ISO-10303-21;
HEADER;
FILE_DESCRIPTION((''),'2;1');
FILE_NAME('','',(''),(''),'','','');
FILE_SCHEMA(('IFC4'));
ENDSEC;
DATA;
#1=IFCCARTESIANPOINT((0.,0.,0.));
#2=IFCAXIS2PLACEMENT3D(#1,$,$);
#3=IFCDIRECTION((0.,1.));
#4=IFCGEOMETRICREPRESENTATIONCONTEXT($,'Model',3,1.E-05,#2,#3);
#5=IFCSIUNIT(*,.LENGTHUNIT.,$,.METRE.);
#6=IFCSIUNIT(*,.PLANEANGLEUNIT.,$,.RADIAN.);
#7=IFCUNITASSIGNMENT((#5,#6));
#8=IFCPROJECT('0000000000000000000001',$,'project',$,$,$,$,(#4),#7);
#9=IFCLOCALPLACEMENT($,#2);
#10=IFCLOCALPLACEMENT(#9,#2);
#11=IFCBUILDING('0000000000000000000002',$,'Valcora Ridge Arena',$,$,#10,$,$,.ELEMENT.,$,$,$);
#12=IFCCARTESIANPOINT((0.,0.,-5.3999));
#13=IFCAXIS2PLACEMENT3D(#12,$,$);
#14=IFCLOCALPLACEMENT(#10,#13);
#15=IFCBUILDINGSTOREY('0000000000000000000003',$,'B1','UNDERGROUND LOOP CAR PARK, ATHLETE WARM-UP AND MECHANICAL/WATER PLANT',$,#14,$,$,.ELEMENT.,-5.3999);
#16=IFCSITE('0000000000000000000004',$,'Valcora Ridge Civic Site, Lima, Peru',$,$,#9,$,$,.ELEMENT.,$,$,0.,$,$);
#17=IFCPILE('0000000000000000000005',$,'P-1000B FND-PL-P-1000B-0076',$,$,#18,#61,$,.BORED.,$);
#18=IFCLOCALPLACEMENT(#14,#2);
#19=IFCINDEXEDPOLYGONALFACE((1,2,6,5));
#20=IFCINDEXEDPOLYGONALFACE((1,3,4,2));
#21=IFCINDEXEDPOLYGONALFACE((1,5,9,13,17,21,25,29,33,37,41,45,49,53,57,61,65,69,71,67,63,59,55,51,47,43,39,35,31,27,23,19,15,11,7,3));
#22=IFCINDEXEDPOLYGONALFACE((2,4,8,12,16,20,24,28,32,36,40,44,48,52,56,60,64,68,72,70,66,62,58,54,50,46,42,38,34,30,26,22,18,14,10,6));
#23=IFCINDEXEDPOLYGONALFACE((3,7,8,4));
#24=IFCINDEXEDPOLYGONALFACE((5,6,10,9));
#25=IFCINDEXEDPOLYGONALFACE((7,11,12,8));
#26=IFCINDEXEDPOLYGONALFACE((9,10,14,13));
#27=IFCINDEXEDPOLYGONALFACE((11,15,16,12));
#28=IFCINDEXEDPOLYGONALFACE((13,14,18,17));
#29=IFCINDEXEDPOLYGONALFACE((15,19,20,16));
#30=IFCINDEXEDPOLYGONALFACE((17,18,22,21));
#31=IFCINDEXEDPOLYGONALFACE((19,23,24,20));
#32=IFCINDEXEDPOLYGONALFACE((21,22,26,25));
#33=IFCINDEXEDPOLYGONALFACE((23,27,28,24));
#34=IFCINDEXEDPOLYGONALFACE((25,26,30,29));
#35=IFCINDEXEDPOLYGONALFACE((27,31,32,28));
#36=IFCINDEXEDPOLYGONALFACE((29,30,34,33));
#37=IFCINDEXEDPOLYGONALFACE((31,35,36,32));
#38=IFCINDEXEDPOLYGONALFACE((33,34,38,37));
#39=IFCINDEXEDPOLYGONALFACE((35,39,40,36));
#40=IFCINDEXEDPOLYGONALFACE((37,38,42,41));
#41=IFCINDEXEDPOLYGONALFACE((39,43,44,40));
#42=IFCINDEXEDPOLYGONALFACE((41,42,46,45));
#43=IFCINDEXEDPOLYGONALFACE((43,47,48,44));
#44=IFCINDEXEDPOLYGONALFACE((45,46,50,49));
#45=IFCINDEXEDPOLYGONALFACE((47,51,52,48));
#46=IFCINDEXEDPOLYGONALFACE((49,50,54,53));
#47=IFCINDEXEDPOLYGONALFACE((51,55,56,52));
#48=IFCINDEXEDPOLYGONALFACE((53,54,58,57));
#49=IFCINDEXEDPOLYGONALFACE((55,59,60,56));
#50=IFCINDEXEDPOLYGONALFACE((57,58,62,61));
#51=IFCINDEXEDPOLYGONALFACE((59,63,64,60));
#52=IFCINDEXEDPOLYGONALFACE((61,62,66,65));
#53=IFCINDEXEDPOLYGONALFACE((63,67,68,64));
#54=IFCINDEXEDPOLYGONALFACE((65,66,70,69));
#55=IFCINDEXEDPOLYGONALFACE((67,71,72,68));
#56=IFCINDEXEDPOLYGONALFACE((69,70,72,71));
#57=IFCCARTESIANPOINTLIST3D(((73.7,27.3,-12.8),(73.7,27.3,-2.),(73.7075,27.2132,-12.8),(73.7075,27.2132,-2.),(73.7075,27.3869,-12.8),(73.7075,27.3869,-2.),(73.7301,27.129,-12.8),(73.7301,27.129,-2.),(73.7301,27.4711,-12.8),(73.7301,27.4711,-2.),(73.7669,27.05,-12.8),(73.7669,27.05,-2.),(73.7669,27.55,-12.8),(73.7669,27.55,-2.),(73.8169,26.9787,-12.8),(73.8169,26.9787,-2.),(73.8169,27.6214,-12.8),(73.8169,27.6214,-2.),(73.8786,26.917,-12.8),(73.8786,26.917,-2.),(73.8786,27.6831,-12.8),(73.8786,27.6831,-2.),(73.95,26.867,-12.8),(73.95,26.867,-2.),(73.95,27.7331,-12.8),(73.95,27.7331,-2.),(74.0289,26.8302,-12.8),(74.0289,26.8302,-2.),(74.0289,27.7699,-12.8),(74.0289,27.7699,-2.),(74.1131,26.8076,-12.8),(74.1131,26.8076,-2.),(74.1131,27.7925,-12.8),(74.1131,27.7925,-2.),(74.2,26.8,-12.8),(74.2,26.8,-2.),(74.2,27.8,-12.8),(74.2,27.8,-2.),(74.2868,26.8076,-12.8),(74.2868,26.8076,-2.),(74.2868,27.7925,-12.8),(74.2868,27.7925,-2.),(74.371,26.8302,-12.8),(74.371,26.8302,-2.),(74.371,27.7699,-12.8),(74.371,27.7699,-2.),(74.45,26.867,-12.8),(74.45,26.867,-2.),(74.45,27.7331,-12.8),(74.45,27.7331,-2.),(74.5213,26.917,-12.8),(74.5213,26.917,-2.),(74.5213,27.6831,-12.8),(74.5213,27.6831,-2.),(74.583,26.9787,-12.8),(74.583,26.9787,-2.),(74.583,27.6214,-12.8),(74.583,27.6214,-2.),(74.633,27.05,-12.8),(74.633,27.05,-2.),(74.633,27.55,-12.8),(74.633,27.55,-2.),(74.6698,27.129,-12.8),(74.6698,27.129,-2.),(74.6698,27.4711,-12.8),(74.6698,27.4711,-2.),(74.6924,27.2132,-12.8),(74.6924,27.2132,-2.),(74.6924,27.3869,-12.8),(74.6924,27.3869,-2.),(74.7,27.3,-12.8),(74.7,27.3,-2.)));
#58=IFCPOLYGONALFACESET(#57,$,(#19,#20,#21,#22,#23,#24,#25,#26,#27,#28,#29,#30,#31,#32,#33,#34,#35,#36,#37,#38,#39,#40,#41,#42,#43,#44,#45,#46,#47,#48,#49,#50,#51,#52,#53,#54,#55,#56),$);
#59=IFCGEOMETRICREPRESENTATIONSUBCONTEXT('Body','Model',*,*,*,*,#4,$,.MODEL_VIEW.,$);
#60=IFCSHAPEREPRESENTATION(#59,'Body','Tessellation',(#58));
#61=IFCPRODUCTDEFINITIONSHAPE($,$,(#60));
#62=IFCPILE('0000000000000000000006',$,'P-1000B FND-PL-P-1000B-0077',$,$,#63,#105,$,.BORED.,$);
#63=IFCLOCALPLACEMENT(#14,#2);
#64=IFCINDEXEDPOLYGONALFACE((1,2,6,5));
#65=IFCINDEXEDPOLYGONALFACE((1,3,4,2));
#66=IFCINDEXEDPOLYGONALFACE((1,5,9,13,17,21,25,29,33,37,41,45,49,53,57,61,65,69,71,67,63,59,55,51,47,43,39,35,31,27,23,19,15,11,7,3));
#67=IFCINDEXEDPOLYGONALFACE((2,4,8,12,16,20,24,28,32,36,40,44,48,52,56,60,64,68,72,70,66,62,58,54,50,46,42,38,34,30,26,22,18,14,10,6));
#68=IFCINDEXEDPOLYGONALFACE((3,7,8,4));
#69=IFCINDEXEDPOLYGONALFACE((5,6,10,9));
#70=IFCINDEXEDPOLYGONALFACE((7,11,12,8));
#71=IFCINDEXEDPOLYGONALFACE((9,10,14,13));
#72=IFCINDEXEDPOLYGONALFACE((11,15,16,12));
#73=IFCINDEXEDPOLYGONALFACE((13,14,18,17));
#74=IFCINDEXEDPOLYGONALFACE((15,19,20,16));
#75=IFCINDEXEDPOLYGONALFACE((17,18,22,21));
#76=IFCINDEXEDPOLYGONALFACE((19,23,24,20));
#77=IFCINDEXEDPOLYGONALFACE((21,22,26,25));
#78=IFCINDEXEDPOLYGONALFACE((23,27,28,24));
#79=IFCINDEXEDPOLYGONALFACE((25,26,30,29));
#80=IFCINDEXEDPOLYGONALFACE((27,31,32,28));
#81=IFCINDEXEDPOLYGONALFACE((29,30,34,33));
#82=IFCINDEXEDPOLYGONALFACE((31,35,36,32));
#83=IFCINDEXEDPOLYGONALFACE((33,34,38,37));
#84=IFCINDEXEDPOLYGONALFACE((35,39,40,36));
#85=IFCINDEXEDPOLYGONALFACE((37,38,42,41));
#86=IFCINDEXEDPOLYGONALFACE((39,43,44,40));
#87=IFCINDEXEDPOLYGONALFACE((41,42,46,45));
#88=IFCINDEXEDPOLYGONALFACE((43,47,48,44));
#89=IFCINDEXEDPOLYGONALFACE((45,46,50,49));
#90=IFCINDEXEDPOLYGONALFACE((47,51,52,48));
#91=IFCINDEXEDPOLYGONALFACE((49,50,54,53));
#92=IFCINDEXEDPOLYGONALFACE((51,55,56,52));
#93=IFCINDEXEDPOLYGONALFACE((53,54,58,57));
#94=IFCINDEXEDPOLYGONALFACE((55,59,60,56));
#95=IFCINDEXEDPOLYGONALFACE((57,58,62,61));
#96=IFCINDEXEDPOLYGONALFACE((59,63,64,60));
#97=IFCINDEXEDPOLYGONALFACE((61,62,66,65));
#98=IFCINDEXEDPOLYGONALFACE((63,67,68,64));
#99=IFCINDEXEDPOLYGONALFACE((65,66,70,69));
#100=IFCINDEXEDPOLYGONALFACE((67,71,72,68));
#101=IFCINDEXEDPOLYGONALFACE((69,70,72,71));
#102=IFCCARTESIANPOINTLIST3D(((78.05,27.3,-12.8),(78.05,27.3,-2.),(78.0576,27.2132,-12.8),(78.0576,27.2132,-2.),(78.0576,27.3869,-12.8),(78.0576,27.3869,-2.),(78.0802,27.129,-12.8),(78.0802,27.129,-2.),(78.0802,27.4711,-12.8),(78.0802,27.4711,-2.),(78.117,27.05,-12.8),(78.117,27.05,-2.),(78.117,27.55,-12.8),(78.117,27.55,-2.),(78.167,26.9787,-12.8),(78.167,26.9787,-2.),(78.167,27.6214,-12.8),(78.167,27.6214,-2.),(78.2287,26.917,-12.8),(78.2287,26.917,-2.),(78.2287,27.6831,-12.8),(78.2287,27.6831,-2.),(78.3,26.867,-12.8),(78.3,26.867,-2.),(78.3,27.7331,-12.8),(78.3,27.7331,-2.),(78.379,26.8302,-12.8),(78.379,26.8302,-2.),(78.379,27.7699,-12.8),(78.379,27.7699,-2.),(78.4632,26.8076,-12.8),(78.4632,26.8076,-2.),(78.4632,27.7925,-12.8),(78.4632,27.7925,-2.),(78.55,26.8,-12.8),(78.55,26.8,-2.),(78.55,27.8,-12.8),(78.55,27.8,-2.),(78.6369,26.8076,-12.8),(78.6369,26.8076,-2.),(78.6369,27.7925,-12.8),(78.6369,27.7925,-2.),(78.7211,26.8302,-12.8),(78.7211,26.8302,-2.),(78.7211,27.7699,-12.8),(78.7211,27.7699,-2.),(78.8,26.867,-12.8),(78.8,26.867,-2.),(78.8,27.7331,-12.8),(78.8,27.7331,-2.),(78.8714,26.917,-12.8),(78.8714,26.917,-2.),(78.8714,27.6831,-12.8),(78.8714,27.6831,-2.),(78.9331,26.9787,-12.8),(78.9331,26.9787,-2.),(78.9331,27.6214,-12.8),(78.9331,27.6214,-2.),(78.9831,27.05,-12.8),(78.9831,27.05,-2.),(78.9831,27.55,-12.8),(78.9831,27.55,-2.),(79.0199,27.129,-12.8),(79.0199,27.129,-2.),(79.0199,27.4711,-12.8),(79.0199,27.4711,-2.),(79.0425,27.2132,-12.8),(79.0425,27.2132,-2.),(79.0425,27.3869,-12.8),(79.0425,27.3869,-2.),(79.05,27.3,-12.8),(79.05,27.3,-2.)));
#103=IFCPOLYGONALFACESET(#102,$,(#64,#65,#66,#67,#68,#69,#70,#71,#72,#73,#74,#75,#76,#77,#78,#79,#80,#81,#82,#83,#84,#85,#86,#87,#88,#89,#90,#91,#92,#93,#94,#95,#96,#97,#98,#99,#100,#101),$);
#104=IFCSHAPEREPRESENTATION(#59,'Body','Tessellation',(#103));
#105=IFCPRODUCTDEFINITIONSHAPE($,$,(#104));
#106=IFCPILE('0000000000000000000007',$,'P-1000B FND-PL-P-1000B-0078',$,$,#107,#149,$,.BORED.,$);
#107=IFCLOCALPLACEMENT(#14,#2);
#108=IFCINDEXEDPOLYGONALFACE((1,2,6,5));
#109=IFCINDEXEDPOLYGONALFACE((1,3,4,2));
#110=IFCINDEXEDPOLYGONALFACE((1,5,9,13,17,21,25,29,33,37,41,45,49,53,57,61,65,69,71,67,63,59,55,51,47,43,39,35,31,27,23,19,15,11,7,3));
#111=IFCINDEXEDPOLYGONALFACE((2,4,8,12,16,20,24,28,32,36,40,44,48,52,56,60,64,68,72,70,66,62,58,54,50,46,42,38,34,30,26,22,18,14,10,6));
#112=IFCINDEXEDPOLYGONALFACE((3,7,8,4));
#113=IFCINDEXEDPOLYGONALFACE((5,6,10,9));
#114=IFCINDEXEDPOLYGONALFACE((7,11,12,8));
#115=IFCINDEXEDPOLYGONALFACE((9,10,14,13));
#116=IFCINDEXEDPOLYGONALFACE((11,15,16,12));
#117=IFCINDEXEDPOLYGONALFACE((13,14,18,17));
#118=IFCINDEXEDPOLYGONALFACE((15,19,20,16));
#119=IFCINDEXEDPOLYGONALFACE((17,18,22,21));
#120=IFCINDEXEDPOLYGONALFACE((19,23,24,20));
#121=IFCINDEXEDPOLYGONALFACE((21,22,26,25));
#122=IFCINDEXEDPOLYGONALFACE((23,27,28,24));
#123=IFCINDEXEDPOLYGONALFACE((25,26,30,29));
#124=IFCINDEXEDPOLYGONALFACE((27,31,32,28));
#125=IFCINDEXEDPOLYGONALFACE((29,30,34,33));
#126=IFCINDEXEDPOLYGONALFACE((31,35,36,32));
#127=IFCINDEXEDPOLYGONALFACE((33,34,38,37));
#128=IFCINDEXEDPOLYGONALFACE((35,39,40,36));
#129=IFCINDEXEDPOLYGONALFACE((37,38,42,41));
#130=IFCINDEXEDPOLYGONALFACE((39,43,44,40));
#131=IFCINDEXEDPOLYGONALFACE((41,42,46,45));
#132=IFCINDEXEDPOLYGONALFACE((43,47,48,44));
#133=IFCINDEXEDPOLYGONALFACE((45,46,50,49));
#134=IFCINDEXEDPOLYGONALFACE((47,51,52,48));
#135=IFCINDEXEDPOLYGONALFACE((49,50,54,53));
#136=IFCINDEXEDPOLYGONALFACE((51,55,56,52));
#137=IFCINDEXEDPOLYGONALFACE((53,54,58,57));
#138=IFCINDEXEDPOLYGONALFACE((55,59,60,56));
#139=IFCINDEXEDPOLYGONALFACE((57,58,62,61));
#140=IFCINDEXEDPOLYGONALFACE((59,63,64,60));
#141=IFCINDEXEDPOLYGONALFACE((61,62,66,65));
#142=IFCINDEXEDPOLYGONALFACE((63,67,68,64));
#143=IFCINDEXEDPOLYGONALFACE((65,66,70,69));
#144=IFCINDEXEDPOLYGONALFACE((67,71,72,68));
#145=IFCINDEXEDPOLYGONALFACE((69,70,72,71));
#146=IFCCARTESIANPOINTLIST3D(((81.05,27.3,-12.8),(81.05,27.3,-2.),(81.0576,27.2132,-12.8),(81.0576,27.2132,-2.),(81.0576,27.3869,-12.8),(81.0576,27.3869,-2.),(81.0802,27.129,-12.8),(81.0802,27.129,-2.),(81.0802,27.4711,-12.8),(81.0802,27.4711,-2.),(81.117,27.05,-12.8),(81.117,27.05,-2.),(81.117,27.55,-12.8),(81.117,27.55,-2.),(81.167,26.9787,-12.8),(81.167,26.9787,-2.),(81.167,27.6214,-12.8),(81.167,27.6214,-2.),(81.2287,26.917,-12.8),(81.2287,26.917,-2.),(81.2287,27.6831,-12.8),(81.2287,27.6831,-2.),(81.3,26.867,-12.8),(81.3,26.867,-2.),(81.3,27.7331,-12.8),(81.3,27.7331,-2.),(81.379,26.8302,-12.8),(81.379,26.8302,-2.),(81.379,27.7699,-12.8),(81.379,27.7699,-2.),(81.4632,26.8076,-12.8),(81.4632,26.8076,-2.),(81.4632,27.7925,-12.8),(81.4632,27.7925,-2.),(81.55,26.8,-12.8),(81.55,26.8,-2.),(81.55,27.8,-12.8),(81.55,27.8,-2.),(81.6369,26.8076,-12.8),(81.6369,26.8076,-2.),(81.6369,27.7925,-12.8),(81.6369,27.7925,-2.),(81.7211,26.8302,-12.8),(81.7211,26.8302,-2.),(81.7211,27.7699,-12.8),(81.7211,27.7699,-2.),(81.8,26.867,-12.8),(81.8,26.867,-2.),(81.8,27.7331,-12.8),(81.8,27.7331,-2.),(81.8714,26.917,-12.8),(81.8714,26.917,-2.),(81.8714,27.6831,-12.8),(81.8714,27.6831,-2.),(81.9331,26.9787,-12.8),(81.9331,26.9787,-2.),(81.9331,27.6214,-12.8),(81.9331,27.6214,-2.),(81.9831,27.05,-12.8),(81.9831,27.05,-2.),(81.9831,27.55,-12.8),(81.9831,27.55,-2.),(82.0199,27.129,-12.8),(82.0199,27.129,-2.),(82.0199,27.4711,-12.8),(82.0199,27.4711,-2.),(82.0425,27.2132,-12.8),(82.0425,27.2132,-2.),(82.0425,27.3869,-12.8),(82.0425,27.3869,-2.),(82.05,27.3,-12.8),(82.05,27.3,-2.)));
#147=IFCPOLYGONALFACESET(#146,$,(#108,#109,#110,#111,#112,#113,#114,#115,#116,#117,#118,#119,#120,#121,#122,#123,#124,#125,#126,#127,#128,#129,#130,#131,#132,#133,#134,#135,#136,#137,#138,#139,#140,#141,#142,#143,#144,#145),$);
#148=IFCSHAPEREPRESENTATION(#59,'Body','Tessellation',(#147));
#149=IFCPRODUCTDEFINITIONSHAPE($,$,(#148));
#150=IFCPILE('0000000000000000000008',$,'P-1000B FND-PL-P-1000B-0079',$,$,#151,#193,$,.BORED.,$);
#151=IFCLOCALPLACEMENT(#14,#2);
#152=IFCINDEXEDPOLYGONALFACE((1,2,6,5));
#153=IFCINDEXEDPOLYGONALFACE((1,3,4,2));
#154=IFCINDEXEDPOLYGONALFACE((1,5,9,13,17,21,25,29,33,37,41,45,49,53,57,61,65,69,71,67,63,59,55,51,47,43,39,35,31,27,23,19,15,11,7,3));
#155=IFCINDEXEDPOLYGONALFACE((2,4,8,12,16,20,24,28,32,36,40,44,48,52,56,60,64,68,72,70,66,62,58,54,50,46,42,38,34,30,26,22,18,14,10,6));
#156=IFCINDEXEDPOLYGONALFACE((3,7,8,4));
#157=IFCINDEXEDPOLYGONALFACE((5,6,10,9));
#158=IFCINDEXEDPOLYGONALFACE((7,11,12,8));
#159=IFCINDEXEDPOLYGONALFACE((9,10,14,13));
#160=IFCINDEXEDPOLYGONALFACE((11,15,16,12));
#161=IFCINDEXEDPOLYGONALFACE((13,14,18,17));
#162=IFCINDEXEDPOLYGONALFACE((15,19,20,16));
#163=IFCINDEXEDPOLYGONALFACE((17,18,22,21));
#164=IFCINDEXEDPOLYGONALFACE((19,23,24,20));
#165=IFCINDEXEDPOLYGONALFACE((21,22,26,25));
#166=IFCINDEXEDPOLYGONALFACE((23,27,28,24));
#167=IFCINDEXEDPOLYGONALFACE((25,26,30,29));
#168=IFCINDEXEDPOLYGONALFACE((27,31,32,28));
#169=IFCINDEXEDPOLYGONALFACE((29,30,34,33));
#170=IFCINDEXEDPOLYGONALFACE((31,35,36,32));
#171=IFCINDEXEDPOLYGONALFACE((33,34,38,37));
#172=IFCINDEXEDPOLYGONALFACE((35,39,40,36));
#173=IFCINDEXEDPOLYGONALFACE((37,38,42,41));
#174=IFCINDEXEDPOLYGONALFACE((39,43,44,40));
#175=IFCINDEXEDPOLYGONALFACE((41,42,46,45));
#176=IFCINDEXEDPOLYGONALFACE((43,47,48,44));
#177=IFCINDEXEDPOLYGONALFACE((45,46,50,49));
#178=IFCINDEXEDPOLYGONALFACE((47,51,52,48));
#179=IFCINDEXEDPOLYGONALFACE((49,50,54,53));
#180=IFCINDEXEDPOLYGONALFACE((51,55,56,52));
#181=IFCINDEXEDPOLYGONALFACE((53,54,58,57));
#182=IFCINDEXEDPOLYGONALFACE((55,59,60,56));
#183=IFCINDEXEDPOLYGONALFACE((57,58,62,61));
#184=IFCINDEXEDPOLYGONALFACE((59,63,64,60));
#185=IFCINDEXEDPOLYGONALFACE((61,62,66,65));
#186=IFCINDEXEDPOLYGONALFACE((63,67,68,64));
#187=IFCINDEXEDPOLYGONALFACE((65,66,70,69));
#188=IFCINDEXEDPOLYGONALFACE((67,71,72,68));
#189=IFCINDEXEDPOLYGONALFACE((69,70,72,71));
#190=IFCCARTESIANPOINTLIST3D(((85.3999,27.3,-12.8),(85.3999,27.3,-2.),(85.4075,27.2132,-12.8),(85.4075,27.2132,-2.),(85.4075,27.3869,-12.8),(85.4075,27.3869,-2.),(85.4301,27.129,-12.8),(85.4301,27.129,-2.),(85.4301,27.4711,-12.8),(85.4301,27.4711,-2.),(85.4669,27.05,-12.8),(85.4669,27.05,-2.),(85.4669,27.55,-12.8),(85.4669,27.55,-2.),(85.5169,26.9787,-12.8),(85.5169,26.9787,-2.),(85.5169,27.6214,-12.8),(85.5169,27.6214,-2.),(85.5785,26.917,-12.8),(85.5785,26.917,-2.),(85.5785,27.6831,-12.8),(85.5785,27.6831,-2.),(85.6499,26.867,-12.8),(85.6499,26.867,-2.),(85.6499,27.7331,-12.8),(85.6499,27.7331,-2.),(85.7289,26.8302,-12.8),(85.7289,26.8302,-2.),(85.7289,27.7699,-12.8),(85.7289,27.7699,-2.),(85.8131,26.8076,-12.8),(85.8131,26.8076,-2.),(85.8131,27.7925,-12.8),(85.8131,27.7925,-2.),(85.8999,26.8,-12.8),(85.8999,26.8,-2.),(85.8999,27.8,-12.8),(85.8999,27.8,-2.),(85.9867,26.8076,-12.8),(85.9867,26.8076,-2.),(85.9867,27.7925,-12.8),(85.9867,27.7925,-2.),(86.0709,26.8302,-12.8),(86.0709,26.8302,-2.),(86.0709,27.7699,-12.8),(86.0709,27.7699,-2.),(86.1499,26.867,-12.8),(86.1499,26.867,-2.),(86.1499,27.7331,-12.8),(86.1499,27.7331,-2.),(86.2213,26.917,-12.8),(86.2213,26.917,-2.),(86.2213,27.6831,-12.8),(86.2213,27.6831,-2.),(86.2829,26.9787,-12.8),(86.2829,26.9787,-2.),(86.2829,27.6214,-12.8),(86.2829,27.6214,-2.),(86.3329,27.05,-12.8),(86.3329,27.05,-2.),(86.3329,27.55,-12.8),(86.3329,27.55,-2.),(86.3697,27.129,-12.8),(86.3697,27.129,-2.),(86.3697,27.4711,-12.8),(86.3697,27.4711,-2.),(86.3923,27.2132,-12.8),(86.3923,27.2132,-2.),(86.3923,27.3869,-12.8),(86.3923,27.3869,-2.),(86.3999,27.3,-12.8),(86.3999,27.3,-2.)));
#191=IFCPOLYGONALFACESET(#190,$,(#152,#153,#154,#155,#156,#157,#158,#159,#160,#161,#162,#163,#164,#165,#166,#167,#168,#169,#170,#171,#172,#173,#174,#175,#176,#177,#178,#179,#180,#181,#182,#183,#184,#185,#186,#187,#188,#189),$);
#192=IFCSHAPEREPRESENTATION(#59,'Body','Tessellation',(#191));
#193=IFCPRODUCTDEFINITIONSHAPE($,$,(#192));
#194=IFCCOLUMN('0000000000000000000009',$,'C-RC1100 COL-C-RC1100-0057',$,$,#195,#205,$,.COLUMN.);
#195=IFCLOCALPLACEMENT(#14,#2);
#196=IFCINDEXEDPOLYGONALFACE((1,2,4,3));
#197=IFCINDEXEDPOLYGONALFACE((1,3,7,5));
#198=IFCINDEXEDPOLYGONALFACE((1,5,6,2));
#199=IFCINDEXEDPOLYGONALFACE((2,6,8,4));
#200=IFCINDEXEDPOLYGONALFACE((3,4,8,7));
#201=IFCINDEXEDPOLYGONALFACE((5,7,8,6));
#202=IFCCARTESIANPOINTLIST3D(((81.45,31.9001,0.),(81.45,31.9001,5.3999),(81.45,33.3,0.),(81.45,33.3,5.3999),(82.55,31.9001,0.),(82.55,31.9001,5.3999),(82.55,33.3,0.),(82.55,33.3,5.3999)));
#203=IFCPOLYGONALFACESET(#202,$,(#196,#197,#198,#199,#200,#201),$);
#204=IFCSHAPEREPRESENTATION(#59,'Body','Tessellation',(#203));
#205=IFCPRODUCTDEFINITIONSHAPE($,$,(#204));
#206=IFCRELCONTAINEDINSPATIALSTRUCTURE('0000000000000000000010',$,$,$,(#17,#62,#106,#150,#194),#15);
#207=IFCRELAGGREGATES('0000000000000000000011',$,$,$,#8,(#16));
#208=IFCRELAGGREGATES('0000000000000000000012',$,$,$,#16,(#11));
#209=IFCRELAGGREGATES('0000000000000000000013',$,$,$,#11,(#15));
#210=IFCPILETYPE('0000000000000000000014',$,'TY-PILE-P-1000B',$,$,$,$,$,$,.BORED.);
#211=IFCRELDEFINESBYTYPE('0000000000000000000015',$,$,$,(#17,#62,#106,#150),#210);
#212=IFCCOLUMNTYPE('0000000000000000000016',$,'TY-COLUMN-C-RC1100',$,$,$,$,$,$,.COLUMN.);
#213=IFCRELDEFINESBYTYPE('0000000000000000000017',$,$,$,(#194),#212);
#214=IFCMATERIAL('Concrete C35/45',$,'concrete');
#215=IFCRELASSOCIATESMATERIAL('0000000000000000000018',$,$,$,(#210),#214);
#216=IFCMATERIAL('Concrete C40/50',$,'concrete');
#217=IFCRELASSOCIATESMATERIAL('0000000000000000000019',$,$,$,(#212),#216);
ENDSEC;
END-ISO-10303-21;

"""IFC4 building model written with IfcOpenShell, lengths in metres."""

from ifc_helpers import new_model, si_unit, direction, frame, origin, origin_2d, place, context, subcontext, project, spatial, rectangle, circle, extrude, material, material_profile, profile_set, type_object, element, save


model = new_model("IFC4")

# Units and contexts
model_context = context("Model", 3, precision=1e-05, world=origin(), true_north=direction((0.0, 1.0)))
body_context = subcontext(model_context, "Body", "Model", "MODEL_VIEW")
ifc_project = project(units=[si_unit("LENGTHUNIT", "METRE"), si_unit("PLANEANGLEUNIT", "RADIAN")], contexts=[model_context])

# Site, building, storey
site_placement = place(None, origin())
site = spatial("IfcSite", under=ifc_project, at=site_placement, Name="Valcora Ridge Civic Site, Lima, Peru", CompositionType="ELEMENT", RefElevation=0.0)
building_placement = place(site_placement, origin())
building = spatial("IfcBuilding", under=site, at=building_placement, Name="Valcora Ridge Arena", CompositionType="ELEMENT")
storey_placement = place(building_placement, frame((0.0, 0.0, -5.3999)))
storey = spatial("IfcBuildingStorey", under=building, at=storey_placement, Name="B1", Description="UNDERGROUND LOOP CAR PARK, ATHLETE WARM-UP AND MECHANICAL/WATER PLANT", CompositionType="ELEMENT", Elevation=-5.3999)

# Shared definitions
ifc_material_1 = material(Name="Concrete C40/50", Category="concrete")

# Piles
ifc_material_2 = material(Name="Concrete C35/45", Category="concrete")
ifc_material_profile_1 = material_profile(ifc_material_2, circle(Radius=0.5, at=origin_2d()), Name="BORED PILE D1000")
ifc_profile_set_1 = profile_set([ifc_material_profile_1], Name="Concrete C35/45")
pile_type_1 = type_object("IfcPileType", Name="TY-PILE-P-1000B", PredefinedType="BORED", material=ifc_profile_set_1)
for number, where, z_axis, x_axis, name in (
    (1, (74.2, 27.3, -2.0), (0.0, 0.0, -1.0), (1.0, 0.0, 0.0), "P-1000B FND-PL-P-1000B-0076"),
    (2, (78.55, 27.3, -2.0), (0.0, 0.0, -1.0), (1.0, 0.0, 0.0), "P-1000B FND-PL-P-1000B-0077"),
    (3, (81.55, 27.3, -2.0), (0.0, 0.0, -1.0), (1.0, 0.0, 0.0), "P-1000B FND-PL-P-1000B-0078"),
    (4, (85.8999, 27.3, -2.0), (0.0, 0.0, -1.0), (1.0, 0.0, 0.0), "P-1000B FND-PL-P-1000B-0079"),
):
    element("IfcPile", number, at=place(storey_placement, frame(where, z_axis=z_axis, x_axis=x_axis)), inside=storey, type_object=pile_type_1, Name=name, PredefinedType="BORED", context=body_context, shape_type="SweptSolid", body=[
        extrude(circle(Radius=0.5, at=origin_2d()), origin(), (0.0, 0.0, 1.0), 10.8),
    ])

# Column
ifc_material_profile_2 = material_profile(ifc_material_1, rectangle(XDim=1.1001, YDim=1.3999, at=origin_2d()), Name="RC 1100x1400")
ifc_profile_set_2 = profile_set([ifc_material_profile_2], Name="Concrete C40/50")
column_type_1 = type_object("IfcColumnType", Name="TY-COLUMN-C-RC1100", PredefinedType="COLUMN", material=ifc_profile_set_2)
column_placement = place(storey_placement, frame((82.0, 32.6001, 0.0), z_axis=(0.0, 0.0, 1.0), x_axis=(1.0, 0.0, 0.0)))
element("IfcColumn", 5, at=column_placement, inside=storey, type_object=column_type_1, Name="C-RC1100 COL-C-RC1100-0057", PredefinedType="COLUMN", context=body_context, shape_type="SweptSolid", body=[
    extrude(rectangle(XDim=1.1001, YDim=1.3999, at=origin_2d()), origin(), (0.0, 0.0, 1.0), 5.3999),
])

save(model, "model.ifc")
